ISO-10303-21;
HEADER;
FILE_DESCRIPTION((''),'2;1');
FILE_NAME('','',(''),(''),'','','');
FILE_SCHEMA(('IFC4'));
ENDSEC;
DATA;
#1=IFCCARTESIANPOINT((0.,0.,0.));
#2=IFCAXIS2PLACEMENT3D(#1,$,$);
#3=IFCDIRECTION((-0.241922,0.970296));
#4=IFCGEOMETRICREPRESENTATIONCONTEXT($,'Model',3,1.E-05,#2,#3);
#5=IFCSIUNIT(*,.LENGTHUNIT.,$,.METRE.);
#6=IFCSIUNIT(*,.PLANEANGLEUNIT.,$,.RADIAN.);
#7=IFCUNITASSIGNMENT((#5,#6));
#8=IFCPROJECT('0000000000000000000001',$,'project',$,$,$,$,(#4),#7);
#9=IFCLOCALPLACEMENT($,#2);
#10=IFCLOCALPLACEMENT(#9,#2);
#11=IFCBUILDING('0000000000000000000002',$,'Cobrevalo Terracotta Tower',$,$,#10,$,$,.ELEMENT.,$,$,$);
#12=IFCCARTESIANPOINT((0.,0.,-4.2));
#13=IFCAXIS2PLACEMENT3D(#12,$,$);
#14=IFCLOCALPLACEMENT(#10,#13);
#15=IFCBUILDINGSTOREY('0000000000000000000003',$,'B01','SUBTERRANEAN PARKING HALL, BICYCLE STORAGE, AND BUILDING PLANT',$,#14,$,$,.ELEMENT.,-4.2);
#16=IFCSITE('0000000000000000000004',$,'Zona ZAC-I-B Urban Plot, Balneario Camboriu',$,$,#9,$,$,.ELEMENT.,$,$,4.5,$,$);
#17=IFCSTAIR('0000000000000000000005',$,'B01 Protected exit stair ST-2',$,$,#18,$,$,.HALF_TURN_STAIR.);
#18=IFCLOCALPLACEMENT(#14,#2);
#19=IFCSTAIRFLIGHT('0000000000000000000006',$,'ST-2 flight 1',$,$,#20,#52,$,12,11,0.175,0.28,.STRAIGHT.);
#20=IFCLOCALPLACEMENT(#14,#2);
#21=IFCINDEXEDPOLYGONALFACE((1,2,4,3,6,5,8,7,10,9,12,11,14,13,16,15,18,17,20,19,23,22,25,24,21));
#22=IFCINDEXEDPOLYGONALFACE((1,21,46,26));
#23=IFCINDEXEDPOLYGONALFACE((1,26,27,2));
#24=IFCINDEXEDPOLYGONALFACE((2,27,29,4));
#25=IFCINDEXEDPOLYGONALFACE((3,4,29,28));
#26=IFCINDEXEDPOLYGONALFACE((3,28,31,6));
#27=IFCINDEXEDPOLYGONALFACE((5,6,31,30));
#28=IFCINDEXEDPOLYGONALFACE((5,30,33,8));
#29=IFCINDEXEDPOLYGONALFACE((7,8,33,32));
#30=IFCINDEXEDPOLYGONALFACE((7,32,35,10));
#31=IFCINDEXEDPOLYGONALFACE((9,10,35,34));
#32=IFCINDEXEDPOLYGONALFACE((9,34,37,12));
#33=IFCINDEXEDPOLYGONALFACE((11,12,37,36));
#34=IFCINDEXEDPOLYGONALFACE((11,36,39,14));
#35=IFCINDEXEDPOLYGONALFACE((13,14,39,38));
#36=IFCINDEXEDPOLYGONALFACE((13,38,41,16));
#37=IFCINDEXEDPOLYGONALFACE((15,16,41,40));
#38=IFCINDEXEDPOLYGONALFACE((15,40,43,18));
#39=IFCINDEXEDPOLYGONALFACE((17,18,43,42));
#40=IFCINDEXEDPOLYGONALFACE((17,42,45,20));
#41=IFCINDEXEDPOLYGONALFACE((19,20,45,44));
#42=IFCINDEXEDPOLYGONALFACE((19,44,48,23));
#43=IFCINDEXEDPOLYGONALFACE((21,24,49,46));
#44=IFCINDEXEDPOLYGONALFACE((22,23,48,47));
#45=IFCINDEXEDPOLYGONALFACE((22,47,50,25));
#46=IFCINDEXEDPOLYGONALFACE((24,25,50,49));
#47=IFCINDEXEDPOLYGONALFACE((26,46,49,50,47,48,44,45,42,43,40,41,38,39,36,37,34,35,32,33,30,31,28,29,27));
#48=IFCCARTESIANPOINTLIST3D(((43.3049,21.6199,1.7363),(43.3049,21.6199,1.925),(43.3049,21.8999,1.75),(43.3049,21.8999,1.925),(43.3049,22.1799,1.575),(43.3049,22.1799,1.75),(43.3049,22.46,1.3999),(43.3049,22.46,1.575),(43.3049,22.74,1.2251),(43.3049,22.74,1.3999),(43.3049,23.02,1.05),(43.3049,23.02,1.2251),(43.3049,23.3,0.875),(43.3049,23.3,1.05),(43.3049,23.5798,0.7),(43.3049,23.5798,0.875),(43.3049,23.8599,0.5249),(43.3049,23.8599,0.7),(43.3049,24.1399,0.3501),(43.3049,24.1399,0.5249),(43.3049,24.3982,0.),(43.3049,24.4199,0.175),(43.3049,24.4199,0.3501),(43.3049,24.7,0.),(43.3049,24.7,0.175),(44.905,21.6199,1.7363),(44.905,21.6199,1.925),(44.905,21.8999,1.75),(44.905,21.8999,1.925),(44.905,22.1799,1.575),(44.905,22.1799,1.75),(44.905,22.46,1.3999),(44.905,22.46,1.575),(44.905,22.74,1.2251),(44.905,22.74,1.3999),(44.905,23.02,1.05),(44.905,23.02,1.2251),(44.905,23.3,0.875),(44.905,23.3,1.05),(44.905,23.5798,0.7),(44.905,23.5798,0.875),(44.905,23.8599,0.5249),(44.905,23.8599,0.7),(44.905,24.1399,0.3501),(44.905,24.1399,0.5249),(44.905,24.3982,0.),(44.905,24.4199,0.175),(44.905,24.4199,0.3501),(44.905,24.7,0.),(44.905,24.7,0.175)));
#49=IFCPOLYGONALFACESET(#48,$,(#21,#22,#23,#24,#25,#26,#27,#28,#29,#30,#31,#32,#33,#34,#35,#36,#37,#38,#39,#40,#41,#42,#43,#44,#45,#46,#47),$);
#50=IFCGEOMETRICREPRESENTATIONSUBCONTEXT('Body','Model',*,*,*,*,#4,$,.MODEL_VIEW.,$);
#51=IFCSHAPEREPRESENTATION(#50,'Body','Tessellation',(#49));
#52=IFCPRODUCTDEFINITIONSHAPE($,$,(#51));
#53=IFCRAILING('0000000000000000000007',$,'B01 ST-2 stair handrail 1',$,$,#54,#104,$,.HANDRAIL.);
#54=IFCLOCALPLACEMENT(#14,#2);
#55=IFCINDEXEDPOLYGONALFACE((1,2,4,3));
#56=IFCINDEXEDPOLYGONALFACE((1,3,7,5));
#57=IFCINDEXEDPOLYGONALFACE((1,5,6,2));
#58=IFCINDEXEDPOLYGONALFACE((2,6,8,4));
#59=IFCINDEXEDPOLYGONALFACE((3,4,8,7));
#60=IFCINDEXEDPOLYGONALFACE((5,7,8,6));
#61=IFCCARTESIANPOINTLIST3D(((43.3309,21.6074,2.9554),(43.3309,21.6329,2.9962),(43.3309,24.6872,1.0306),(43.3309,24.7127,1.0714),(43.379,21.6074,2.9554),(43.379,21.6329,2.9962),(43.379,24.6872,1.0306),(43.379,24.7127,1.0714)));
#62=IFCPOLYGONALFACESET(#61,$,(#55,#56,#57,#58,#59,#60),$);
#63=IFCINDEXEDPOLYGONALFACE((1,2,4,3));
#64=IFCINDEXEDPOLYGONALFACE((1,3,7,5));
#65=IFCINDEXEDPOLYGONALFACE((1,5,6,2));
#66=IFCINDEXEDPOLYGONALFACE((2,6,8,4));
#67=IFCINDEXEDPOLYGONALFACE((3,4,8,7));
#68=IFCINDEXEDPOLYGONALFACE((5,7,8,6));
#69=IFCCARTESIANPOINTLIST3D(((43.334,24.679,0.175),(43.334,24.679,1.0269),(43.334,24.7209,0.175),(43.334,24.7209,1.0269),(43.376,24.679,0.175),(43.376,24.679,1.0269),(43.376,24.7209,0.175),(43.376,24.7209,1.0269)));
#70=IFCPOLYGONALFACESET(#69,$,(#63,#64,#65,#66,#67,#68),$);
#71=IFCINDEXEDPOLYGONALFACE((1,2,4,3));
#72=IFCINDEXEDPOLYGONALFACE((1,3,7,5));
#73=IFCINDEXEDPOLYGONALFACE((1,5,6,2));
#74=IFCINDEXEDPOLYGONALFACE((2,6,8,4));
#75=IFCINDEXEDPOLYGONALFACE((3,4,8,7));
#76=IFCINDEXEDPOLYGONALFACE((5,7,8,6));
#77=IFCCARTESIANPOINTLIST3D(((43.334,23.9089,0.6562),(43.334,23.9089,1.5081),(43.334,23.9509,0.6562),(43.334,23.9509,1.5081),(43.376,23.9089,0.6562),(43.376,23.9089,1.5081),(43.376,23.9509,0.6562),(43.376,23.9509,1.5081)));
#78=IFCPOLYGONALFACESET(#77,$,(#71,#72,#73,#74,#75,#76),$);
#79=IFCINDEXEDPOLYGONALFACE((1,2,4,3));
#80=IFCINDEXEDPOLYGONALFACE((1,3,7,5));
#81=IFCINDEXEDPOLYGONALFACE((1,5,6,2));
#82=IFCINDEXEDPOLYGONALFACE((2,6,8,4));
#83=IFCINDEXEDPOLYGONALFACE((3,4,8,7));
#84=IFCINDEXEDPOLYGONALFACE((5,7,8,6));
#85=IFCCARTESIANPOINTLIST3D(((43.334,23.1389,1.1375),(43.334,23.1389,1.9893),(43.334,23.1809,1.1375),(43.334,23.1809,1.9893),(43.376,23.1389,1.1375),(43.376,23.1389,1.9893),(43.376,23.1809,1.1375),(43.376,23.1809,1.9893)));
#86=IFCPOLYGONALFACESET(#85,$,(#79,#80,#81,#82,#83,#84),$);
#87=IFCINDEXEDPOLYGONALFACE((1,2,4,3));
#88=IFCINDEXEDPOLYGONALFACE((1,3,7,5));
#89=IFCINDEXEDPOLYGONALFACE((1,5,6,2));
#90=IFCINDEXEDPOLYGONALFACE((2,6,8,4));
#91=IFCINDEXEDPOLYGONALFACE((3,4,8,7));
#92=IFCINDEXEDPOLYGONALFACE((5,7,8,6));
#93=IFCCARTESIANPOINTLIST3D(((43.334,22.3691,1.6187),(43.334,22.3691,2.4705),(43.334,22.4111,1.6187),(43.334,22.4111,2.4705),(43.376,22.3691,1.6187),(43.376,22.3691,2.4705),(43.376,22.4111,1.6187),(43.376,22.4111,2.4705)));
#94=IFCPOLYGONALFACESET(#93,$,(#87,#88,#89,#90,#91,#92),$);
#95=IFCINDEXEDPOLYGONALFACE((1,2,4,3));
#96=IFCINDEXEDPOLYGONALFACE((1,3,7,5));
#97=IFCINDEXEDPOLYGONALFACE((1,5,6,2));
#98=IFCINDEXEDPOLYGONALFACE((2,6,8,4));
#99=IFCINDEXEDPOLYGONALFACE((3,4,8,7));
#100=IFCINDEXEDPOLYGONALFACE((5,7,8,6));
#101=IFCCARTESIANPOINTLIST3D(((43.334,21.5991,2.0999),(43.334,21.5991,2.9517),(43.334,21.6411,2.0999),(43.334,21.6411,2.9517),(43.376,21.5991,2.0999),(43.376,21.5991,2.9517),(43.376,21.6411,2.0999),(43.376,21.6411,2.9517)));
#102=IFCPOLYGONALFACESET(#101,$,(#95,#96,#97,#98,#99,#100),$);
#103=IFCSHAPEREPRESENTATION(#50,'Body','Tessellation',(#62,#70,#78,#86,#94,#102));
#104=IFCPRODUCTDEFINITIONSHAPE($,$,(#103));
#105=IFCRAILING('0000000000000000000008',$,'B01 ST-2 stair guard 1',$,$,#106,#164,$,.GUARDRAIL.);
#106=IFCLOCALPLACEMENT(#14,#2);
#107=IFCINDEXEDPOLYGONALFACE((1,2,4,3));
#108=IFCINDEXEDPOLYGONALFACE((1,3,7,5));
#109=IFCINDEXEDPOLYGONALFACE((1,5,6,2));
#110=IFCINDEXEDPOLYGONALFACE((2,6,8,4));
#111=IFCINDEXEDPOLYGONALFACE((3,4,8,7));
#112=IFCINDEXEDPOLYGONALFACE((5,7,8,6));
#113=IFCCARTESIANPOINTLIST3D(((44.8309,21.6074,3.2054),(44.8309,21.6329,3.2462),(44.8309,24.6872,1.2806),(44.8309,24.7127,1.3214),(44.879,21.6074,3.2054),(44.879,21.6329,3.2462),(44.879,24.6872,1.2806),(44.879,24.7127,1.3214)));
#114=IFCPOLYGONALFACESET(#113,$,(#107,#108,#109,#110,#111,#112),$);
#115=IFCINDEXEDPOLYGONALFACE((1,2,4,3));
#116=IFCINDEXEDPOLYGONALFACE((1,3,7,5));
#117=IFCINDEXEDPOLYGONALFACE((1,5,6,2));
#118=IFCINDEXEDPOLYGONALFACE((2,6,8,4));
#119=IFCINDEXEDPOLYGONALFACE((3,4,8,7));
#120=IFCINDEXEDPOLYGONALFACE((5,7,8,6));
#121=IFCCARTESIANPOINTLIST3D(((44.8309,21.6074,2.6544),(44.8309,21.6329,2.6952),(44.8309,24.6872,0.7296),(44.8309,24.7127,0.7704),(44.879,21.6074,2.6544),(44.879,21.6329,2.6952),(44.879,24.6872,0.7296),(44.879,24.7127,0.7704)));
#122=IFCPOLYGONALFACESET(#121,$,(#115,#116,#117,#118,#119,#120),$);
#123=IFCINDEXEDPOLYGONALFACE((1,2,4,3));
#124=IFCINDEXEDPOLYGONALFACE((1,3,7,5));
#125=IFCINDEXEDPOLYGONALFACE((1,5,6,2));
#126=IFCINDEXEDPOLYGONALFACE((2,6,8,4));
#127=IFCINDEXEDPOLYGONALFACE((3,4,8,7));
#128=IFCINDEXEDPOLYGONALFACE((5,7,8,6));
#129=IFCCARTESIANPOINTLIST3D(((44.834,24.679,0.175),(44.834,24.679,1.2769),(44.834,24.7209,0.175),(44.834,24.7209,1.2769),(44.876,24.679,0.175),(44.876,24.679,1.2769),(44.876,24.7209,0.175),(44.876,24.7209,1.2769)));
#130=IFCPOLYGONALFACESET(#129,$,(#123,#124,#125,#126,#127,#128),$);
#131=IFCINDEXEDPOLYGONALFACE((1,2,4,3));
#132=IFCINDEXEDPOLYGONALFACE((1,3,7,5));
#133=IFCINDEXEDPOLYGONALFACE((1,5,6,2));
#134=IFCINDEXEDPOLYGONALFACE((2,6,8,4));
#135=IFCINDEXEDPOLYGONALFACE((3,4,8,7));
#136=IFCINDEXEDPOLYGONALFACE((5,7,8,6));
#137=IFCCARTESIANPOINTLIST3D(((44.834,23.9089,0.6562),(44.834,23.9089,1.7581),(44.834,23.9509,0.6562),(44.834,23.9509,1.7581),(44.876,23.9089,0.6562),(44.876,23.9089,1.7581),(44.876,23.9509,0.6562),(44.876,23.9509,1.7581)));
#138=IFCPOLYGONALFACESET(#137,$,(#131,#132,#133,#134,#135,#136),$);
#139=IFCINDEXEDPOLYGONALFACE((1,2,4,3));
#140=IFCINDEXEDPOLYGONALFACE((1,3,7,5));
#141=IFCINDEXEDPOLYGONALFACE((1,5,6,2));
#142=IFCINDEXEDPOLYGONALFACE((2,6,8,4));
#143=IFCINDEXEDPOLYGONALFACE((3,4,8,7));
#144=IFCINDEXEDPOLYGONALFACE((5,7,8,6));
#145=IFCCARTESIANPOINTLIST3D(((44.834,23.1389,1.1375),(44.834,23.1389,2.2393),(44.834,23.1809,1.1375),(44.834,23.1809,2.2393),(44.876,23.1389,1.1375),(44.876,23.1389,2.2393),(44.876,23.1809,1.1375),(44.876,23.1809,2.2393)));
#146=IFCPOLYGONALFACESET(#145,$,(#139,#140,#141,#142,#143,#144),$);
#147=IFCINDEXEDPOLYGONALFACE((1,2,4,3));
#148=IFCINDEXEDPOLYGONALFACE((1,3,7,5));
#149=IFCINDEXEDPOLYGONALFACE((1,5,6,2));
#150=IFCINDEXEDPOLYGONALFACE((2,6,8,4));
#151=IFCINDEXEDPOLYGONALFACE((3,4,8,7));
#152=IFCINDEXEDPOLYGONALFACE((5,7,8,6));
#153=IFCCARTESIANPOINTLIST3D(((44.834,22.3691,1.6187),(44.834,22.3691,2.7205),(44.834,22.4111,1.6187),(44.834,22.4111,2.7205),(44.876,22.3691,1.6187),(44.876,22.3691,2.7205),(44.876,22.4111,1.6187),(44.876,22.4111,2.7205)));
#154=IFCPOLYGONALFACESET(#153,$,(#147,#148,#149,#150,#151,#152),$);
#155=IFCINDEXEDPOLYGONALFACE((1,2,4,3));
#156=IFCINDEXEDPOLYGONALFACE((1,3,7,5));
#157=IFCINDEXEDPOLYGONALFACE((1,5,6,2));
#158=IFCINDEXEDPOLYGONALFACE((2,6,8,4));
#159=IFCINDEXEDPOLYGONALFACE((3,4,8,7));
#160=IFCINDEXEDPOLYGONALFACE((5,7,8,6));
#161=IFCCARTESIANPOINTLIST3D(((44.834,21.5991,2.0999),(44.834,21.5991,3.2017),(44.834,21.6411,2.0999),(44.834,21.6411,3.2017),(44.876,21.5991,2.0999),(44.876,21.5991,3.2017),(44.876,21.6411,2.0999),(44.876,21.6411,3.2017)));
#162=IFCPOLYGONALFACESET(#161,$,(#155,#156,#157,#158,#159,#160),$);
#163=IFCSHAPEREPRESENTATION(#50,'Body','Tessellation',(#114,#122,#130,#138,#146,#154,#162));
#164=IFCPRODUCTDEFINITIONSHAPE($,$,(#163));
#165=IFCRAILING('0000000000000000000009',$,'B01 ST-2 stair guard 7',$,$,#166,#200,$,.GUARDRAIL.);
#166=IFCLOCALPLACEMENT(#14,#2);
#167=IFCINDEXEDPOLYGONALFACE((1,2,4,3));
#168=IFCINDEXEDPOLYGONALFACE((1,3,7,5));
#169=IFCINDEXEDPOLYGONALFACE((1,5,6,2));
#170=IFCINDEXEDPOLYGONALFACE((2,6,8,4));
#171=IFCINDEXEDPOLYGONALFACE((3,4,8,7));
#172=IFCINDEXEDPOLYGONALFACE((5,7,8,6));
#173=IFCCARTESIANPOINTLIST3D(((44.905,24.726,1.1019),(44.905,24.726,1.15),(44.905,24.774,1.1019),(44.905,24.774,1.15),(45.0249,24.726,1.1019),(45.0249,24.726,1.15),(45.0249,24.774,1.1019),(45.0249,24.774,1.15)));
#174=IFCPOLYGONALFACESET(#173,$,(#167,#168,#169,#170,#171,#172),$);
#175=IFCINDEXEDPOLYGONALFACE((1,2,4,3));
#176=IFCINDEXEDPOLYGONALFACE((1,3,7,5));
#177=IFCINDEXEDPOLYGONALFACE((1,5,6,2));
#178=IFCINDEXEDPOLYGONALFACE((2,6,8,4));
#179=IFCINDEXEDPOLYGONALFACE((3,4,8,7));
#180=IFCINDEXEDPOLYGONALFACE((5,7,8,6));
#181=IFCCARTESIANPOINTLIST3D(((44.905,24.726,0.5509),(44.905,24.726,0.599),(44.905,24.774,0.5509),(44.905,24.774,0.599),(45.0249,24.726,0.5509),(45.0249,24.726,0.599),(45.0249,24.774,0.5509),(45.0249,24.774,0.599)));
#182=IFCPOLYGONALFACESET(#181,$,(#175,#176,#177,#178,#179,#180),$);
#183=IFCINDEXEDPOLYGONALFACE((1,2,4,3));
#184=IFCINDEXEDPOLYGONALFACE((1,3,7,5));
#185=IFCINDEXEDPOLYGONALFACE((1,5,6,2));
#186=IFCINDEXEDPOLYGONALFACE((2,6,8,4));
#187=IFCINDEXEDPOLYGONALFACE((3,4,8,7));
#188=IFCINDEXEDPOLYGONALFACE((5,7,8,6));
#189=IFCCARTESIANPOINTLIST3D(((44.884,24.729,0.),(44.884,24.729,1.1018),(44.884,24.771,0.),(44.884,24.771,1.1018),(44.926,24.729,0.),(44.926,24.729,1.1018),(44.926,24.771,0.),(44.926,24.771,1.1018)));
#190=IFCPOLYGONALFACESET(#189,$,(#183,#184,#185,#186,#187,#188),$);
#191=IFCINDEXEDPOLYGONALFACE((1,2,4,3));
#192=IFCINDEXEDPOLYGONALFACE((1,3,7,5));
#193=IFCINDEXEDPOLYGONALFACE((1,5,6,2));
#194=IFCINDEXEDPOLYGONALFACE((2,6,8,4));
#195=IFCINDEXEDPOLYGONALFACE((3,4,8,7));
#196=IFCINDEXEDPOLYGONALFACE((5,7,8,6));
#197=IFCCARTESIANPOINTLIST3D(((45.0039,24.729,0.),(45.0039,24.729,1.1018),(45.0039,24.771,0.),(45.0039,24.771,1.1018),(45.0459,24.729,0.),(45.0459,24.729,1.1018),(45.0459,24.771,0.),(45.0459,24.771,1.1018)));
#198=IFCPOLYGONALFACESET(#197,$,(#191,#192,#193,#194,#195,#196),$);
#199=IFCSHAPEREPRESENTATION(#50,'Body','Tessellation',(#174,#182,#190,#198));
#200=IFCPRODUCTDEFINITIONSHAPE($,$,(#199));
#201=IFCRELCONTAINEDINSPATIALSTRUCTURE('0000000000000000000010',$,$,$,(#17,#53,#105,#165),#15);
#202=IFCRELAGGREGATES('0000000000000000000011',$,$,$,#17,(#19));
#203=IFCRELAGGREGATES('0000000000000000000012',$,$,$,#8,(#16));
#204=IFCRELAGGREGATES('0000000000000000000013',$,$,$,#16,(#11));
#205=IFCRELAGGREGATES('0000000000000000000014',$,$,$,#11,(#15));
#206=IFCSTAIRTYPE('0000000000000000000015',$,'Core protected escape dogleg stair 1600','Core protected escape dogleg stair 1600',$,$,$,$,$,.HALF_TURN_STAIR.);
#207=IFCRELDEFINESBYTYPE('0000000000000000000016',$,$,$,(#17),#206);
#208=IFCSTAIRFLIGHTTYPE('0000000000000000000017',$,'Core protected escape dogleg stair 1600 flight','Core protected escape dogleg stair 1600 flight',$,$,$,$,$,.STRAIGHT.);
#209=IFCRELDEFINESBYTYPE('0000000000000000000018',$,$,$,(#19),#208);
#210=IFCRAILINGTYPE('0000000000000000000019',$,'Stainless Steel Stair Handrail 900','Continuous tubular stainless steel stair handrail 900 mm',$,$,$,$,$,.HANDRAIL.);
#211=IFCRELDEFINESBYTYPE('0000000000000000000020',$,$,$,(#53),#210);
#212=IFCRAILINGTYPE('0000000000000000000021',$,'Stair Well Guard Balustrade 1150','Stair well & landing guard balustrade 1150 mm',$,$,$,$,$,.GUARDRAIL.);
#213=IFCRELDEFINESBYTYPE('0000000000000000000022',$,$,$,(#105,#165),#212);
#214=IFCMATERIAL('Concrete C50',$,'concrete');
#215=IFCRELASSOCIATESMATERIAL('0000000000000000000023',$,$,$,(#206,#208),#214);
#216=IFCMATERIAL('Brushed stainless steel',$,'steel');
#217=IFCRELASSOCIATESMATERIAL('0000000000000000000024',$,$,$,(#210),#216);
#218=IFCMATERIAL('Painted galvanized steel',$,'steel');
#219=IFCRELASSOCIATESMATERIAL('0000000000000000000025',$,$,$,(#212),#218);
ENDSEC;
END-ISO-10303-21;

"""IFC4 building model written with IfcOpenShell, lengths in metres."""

from ifc_helpers import new_model, si_unit, direction, frame, origin, origin_2d, place, context, subcontext, project, spatial, polyline, rectangle, outline, extrude, material, type_object, element, aggregate, save


model = new_model("IFC4")

# Units and contexts
model_context = context("Model", 3, precision=1e-05, world=origin(), true_north=direction((-0.241922, 0.970296)))
body_context = subcontext(model_context, "Body", "Model", "MODEL_VIEW")
ifc_project = project(units=[si_unit("LENGTHUNIT", "METRE"), si_unit("PLANEANGLEUNIT", "RADIAN")], contexts=[model_context])

# Site, building, storey
site_placement = place(None, origin())
site = spatial("IfcSite", under=ifc_project, at=site_placement, Name="Zona ZAC-I-B Urban Plot, Balneario Camboriu", CompositionType="ELEMENT", RefElevation=4.5)
building_placement = place(site_placement, origin())
building = spatial("IfcBuilding", under=site, at=building_placement, Name="Cobrevalo Terracotta Tower", CompositionType="ELEMENT")
storey_placement = place(building_placement, frame((0.0, 0.0, -4.2)))
storey = spatial("IfcBuildingStorey", under=building, at=storey_placement, Name="B01", Description="SUBTERRANEAN PARKING HALL, BICYCLE STORAGE, AND BUILDING PLANT", CompositionType="ELEMENT", Elevation=-4.2)

# Shared definitions
ifc_material_1 = material(Name="Brushed stainless steel", Category="steel")

# Shared definitions
ifc_material_2 = material(Name="Concrete C50", Category="concrete")

# Stair, stair flight
stair_type = type_object("IfcStairType", Name="Core protected escape dogleg stair 1600", Description="Core protected escape dogleg stair 1600", PredefinedType="HALF_TURN_STAIR", material=ifc_material_2)
stair_placement = place(storey_placement, origin())
stair = element("IfcStair", 1, at=stair_placement, inside=storey, type_object=stair_type, Name="B01 Protected exit stair ST-2", PredefinedType="HALF_TURN_STAIR")
stair_flight_type = type_object("IfcStairFlightType", Name="Core protected escape dogleg stair 1600 flight", Description="Core protected escape dogleg stair 1600 flight", PredefinedType="STRAIGHT", material=ifc_material_2)
stair_flight_placement = place(storey_placement, frame((44.105, 24.7, 0.0), z_axis=(0.0, 0.0, 1.0), x_axis=(0.0, -1.0, 0.0)))
stair_flight = element("IfcStairFlight", 2, at=stair_flight_placement, type_object=stair_flight_type, Name="ST-2 flight 1", NumberOfRisers=12, NumberOfTreads=11, PredefinedType="STRAIGHT", RiserHeight=0.175, TreadLength=0.28, context=body_context, shape_type="SweptSolid", body=[
    extrude(outline(polyline([(0.0, 0.0), (0.0, 0.175), (0.28, 0.175), (0.28, 0.3501), (0.5601, 0.3501), (0.5601, 0.5249), (0.8401, 0.5249), (0.8401, 0.7), (1.1201, 0.7), (1.1201, 0.875), (1.3999, 0.875), (1.3999, 1.05), (1.6799, 1.05), (1.6799, 1.2251), (1.96, 1.2251), (1.96, 1.3999), (2.24, 1.3999), (2.24, 1.575), (2.52, 1.575), (2.52, 1.75), (2.8, 1.75), (2.8, 1.925), (3.0801, 1.925), (3.0801, 2.1001), (3.0801, 1.7363), (0.3018, 0.0), (0.0, 0.0)])), frame((0.0, 0.8, 0.0), z_axis=(0.0, -1.0, 0.0), x_axis=(1.0, 0.0, 0.0)), (0.0, 0.0, 1.0), 1.6001),
])
aggregate(stair, [stair_flight])

# Railings
railing_type_1 = type_object("IfcRailingType", Name="Stainless Steel Stair Handrail 900", Description="Continuous tubular stainless steel stair handrail 900 mm", PredefinedType="HANDRAIL", material=ifc_material_1)
railing_1_placement = place(storey_placement, frame((43.355, 24.7, 0.175)))
element("IfcRailing", 3, at=railing_1_placement, inside=storey, type_object=railing_type_1, Name="B01 ST-2 stair handrail 1", PredefinedType="HANDRAIL", context=body_context, shape_type="SweptSolid", body=[
    extrude(rectangle(XDim=0.0481, YDim=0.0481, at=origin_2d()), frame((0.0, 0.0, 0.876), z_axis=(0.0, -0.84801, 0.529981), x_axis=(1.0, 0.0, 0.0)), (0.0, 0.0, 1.0), 3.6318),
    extrude(rectangle(XDim=0.042, YDim=0.042, at=origin_2d()), origin(), (0.0, 0.0, 1.0), 0.8518),
    extrude(rectangle(XDim=0.042, YDim=0.042, at=origin_2d()), frame((0.0, -0.77, 0.4812)), (0.0, 0.0, 1.0), 0.8518),
    extrude(rectangle(XDim=0.042, YDim=0.042, at=origin_2d()), frame((0.0, -1.54, 0.9624)), (0.0, 0.0, 1.0), 0.8518),
    extrude(rectangle(XDim=0.042, YDim=0.042, at=origin_2d()), frame((0.0, -2.3098, 1.4436)), (0.0, 0.0, 1.0), 0.8518),
    extrude(rectangle(XDim=0.042, YDim=0.042, at=origin_2d()), frame((0.0, -3.0798, 1.9248)), (0.0, 0.0, 1.0), 0.8518),
])
ifc_material_3 = material(Name="Painted galvanized steel", Category="steel")
railing_type_2 = type_object("IfcRailingType", Name="Stair Well Guard Balustrade 1150", Description="Stair well & landing guard balustrade 1150 mm", PredefinedType="GUARDRAIL", material=ifc_material_3)
railing_2_placement = place(storey_placement, frame((44.855, 24.7, 0.175)))
element("IfcRailing", 4, at=railing_2_placement, inside=storey, type_object=railing_type_2, Name="B01 ST-2 stair guard 1", PredefinedType="GUARDRAIL", context=body_context, shape_type="SweptSolid", body=[
    extrude(rectangle(XDim=0.0481, YDim=0.0481, at=origin_2d()), frame((0.0, 0.0, 1.126), z_axis=(0.0, -0.84801, 0.529981), x_axis=(1.0, 0.0, 0.0)), (0.0, 0.0, 1.0), 3.6318),
    extrude(rectangle(XDim=0.0481, YDim=0.0481, at=origin_2d()), frame((0.0, 0.0, 0.575), z_axis=(0.0, -0.84801, 0.529981), x_axis=(1.0, 0.0, 0.0)), (0.0, 0.0, 1.0), 3.6318),
    extrude(rectangle(XDim=0.042, YDim=0.042, at=origin_2d()), origin(), (0.0, 0.0, 1.0), 1.1018),
    extrude(rectangle(XDim=0.042, YDim=0.042, at=origin_2d()), frame((0.0, -0.77, 0.4812)), (0.0, 0.0, 1.0), 1.1018),
    extrude(rectangle(XDim=0.042, YDim=0.042, at=origin_2d()), frame((0.0, -1.54, 0.9624)), (0.0, 0.0, 1.0), 1.1018),
    extrude(rectangle(XDim=0.042, YDim=0.042, at=origin_2d()), frame((0.0, -2.3098, 1.4436)), (0.0, 0.0, 1.0), 1.1018),
    extrude(rectangle(XDim=0.042, YDim=0.042, at=origin_2d()), frame((0.0, -3.0798, 1.9248)), (0.0, 0.0, 1.0), 1.1018),
])
railing_3_placement = place(storey_placement, frame((44.905, 24.75, 0.0)))
element("IfcRailing", 5, at=railing_3_placement, inside=storey, type_object=railing_type_2, Name="B01 ST-2 stair guard 7", PredefinedType="GUARDRAIL", context=body_context, shape_type="SweptSolid", body=[
    extrude(rectangle(XDim=0.0481, YDim=0.0481, at=origin_2d()), frame((0.0, 0.0, 1.126), z_axis=(1.0, 0.0, 0.0), x_axis=(0.0, 1.0, 0.0)), (0.0, 0.0, 1.0), 0.1199),
    extrude(rectangle(XDim=0.0481, YDim=0.0481, at=origin_2d()), frame((0.0, 0.0, 0.575), z_axis=(1.0, 0.0, 0.0), x_axis=(0.0, 1.0, 0.0)), (0.0, 0.0, 1.0), 0.1199),
    extrude(rectangle(XDim=0.042, YDim=0.042, at=origin_2d()), origin(), (0.0, 0.0, 1.0), 1.1018),
    extrude(rectangle(XDim=0.042, YDim=0.042, at=origin_2d()), frame((0.1199, 0.0, 0.0)), (0.0, 0.0, 1.0), 1.1018),
])

save(model, "model.ifc")
